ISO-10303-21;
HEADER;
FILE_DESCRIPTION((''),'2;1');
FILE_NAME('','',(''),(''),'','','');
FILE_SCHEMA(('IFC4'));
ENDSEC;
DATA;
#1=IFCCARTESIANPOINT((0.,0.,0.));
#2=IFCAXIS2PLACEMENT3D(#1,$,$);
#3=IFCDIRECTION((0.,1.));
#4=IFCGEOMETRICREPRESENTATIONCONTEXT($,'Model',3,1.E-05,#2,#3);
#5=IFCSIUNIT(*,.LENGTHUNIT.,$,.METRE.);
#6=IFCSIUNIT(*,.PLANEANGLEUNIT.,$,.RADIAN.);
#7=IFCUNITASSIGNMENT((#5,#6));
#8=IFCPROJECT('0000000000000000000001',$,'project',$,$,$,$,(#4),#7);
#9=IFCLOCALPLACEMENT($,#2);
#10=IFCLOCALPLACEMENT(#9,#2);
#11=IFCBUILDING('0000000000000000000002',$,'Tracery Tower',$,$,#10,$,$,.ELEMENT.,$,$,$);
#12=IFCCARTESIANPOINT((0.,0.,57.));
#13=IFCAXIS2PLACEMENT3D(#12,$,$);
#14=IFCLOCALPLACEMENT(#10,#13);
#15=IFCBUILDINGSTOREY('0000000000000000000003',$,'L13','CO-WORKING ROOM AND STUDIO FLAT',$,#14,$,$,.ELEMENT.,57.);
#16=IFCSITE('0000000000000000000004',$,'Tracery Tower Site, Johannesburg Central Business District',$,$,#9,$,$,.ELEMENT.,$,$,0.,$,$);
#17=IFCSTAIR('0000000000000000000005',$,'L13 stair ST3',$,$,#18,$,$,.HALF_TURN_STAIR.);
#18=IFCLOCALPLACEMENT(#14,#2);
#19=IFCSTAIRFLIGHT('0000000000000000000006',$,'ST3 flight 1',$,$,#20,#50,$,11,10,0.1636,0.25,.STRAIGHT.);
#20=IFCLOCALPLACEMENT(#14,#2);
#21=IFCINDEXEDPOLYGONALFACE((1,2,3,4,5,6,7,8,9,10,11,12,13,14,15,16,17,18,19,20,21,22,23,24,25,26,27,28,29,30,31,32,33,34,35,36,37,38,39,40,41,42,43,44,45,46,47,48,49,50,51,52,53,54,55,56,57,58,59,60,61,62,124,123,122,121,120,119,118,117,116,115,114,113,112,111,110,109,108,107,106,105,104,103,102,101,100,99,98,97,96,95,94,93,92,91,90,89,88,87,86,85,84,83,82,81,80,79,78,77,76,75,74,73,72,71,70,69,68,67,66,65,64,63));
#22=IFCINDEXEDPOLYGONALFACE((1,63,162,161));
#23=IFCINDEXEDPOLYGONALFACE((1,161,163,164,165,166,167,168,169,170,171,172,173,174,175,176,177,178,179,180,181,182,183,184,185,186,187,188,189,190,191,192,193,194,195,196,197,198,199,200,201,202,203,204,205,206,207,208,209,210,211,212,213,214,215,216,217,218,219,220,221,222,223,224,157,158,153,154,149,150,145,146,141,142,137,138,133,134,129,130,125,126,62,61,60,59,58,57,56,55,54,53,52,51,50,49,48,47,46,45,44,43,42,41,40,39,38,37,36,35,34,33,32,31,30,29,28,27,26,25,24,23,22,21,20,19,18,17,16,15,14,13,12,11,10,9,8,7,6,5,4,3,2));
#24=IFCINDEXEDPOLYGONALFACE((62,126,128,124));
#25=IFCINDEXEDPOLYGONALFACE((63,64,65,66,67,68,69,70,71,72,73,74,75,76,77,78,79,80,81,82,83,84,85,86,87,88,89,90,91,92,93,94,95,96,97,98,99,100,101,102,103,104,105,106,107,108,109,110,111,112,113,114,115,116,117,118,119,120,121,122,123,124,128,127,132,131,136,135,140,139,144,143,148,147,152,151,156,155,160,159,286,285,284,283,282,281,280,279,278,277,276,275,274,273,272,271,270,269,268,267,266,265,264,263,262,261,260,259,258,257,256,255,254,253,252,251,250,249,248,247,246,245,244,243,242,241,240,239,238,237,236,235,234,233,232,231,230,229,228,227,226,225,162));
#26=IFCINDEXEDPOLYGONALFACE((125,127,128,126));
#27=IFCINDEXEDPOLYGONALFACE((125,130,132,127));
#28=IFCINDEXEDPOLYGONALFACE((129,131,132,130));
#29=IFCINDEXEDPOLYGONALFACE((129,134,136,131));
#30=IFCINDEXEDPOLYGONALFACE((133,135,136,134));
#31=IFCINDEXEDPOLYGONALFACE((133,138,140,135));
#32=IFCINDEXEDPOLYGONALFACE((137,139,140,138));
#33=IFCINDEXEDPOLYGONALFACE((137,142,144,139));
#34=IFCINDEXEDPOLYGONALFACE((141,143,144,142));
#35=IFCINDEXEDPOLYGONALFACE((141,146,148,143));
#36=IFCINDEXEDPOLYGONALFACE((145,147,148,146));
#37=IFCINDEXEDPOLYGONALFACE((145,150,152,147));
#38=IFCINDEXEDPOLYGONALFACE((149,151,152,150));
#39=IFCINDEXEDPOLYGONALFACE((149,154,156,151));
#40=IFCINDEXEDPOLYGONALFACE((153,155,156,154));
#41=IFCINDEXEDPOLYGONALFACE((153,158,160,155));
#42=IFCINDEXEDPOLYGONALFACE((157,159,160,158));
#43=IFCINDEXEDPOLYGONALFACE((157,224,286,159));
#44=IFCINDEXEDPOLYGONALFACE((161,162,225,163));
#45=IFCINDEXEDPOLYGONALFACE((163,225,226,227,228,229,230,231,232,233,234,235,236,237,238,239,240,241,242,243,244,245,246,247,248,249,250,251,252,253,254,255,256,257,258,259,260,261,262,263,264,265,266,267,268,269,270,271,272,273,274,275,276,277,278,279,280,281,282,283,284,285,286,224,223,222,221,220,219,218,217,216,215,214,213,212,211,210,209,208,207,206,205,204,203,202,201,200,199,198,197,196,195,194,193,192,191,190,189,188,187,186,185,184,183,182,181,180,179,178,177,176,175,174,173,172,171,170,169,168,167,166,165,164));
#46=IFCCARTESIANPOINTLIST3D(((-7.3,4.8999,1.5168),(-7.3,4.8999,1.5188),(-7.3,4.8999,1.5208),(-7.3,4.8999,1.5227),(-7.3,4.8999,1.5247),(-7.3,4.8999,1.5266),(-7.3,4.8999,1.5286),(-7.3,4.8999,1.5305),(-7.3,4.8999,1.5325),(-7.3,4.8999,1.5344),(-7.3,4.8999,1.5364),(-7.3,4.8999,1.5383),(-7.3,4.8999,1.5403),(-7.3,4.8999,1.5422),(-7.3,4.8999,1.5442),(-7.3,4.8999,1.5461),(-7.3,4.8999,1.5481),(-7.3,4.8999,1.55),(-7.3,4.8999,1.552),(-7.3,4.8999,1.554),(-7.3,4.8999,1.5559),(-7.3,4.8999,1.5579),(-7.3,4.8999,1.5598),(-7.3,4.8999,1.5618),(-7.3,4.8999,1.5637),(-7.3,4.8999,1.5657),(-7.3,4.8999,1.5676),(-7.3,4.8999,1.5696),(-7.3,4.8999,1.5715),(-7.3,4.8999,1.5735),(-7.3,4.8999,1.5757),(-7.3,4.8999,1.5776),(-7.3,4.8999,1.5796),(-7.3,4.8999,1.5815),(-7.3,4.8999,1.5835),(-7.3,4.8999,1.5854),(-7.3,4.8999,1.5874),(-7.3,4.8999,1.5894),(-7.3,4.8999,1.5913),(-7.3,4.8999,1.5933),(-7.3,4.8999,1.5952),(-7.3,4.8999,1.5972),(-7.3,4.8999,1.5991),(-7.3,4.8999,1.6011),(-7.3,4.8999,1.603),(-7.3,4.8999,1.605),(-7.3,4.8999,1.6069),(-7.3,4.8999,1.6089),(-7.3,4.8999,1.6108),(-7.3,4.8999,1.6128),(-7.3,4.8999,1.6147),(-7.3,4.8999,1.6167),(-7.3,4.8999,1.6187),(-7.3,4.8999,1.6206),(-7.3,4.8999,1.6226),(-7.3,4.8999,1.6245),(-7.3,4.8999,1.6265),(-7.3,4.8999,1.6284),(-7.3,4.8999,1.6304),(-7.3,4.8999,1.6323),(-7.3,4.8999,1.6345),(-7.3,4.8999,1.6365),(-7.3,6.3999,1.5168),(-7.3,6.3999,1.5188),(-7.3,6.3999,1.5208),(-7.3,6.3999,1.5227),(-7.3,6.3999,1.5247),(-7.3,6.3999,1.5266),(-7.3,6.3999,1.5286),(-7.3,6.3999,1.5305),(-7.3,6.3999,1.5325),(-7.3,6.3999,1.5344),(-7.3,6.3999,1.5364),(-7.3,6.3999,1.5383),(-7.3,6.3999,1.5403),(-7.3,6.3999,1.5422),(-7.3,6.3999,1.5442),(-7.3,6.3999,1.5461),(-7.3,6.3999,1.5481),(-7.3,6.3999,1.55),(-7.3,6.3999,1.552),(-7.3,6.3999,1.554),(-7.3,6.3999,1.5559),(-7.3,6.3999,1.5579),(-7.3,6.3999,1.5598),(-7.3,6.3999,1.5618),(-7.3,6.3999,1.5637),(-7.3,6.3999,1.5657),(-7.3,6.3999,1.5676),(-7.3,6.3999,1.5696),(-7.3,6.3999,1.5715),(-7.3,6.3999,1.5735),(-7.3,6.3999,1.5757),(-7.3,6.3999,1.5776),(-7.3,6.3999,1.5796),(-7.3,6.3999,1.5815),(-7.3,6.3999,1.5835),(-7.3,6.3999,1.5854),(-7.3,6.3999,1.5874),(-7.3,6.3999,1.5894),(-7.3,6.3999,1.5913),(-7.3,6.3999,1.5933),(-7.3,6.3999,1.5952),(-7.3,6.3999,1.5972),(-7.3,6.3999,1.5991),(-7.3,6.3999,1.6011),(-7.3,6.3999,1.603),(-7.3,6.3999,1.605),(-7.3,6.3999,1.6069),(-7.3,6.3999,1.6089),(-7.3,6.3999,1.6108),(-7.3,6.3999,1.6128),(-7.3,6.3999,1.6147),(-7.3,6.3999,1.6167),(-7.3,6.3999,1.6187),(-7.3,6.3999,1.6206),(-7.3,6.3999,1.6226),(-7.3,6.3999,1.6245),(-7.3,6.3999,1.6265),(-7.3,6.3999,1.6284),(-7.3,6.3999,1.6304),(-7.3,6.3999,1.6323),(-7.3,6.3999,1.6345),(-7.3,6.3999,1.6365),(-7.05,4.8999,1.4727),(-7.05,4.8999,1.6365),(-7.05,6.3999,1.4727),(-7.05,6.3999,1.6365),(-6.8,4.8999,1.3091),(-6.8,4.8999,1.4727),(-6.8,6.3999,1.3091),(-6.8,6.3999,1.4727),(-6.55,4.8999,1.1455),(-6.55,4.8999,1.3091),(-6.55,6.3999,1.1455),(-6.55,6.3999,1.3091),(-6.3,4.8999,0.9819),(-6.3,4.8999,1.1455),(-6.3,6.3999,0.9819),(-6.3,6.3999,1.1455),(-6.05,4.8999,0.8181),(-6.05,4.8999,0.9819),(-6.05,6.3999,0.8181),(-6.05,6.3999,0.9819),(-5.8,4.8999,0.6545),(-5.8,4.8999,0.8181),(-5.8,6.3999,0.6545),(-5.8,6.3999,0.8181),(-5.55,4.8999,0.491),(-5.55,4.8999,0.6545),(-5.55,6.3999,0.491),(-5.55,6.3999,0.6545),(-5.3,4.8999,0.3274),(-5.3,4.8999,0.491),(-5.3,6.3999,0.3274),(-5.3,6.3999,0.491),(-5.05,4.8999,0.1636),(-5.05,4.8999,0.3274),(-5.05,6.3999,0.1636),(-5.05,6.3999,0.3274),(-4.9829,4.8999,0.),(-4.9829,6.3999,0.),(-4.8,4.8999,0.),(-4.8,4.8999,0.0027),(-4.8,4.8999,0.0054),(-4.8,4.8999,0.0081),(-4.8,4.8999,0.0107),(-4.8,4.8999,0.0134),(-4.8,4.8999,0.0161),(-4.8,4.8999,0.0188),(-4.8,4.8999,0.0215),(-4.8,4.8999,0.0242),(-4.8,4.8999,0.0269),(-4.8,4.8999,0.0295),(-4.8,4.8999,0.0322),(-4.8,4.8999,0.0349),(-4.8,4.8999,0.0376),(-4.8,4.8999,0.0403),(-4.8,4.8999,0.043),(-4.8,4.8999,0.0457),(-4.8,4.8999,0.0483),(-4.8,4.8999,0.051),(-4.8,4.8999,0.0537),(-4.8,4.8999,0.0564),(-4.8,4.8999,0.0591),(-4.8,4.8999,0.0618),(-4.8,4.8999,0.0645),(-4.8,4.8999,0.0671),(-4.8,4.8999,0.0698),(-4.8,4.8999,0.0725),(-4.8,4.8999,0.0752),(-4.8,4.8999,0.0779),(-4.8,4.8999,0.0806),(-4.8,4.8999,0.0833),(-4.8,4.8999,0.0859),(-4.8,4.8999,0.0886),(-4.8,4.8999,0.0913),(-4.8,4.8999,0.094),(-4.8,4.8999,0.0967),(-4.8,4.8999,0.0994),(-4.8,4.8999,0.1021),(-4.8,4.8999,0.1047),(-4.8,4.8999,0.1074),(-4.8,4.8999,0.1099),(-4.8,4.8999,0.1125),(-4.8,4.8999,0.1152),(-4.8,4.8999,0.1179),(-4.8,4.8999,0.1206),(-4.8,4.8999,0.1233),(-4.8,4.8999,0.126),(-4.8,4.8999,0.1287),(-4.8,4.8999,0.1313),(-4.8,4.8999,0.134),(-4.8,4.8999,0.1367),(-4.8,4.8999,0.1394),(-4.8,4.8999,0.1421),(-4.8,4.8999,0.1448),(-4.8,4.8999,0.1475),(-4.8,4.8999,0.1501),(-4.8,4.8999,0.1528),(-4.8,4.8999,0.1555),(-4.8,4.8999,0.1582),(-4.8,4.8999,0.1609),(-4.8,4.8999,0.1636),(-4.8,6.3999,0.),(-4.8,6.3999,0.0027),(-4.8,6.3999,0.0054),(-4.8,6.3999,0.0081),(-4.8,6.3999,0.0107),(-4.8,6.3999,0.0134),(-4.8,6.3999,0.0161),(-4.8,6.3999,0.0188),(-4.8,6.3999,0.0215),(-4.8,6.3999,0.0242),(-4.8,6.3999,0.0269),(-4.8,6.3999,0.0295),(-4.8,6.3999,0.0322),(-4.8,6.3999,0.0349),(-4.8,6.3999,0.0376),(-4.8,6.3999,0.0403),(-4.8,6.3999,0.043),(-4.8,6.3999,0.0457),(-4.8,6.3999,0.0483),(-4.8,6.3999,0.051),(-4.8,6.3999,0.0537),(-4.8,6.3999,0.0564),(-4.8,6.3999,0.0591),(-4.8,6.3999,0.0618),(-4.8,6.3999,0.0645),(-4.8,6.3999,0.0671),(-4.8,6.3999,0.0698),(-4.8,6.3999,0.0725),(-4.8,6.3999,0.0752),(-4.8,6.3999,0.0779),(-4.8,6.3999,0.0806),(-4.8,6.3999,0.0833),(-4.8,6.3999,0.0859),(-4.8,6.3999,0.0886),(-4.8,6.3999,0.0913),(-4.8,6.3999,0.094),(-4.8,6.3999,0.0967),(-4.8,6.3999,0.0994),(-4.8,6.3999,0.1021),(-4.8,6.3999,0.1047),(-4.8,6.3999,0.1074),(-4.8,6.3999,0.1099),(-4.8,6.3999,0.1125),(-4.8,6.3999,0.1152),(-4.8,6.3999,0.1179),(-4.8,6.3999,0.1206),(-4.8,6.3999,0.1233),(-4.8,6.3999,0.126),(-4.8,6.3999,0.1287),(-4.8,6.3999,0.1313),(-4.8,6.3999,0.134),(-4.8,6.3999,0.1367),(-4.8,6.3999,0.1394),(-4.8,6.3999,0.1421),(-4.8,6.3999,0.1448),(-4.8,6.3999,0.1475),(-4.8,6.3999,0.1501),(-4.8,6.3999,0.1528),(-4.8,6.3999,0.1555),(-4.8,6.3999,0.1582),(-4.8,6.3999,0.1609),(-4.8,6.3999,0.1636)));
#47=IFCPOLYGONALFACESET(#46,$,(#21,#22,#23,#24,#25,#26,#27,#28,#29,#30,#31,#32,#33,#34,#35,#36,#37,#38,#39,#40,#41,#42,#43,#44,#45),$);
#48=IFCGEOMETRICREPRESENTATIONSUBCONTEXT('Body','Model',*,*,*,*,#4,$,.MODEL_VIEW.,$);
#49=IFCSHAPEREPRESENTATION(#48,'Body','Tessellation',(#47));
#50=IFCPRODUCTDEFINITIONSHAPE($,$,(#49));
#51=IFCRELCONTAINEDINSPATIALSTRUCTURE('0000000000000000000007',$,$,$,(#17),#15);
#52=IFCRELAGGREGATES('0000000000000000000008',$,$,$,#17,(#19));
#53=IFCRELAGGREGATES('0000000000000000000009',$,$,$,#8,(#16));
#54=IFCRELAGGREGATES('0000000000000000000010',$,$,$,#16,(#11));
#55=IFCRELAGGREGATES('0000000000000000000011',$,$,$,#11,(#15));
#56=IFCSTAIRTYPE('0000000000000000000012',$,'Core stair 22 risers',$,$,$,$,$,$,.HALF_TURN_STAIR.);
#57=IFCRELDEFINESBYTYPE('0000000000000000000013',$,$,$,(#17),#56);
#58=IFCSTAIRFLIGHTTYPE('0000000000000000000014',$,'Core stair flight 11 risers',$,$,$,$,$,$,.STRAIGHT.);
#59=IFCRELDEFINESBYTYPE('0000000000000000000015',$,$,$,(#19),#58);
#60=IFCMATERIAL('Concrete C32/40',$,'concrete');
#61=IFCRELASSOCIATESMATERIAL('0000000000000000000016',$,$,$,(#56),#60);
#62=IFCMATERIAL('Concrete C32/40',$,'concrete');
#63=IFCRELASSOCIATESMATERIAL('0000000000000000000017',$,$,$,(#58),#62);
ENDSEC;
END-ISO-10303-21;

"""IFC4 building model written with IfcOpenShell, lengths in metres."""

from ifc_helpers import new_model, si_unit, direction, frame, origin, place, context, subcontext, project, spatial, polyline, outline, extrude, material, type_object, element, aggregate, save


model = new_model("IFC4")

# Units and contexts
model_context = context("Model", 3, precision=1e-05, world=origin(), true_north=direction((0.0, 1.0)))
body_context = subcontext(model_context, "Body", "Model", "MODEL_VIEW")
ifc_project = project(units=[si_unit("LENGTHUNIT", "METRE"), si_unit("PLANEANGLEUNIT", "RADIAN")], contexts=[model_context])

# Site, building, storey
site_placement = place(None, origin())
site = spatial("IfcSite", under=ifc_project, at=site_placement, Name="Tracery Tower Site, Johannesburg Central Business District", CompositionType="ELEMENT", RefElevation=0.0)
building_placement = place(site_placement, origin())
building = spatial("IfcBuilding", under=site, at=building_placement, Name="Tracery Tower", CompositionType="ELEMENT")
storey_placement = place(building_placement, frame((0.0, 0.0, 57.0)))
storey = spatial("IfcBuildingStorey", under=building, at=storey_placement, Name="L13", Description="CO-WORKING ROOM AND STUDIO FLAT", CompositionType="ELEMENT", Elevation=57.0)

# Stair, stair flight
ifc_material_1 = material(Name="Concrete C32/40", Category="concrete")
stair_type = type_object("IfcStairType", Name="Core stair 22 risers", PredefinedType="HALF_TURN_STAIR", material=ifc_material_1)
stair_placement = place(storey_placement, origin())
stair = element("IfcStair", 1, at=stair_placement, inside=storey, type_object=stair_type, Name="L13 stair ST3", PredefinedType="HALF_TURN_STAIR")
ifc_material_2 = material(Name="Concrete C32/40", Category="concrete")
stair_flight_type = type_object("IfcStairFlightType", Name="Core stair flight 11 risers", PredefinedType="STRAIGHT", material=ifc_material_2)
stair_flight_1_placement = place(storey_placement, frame((-4.8, 5.6499, 0.0), z_axis=(0.0, 0.0, 1.0), x_axis=(-1.0, 0.0, 0.0)))
stair_flight_1 = element("IfcStairFlight", 2, at=stair_flight_1_placement, type_object=stair_flight_type, Name="ST3 flight 1", NumberOfRisers=11, NumberOfTreads=10, PredefinedType="STRAIGHT", RiserHeight=0.1636, TreadLength=0.25, context=body_context, shape_type="SweptSolid", body=[
    extrude(outline(polyline([(0.0, 0.0), (0.0, 0.0027), (0.0, 0.0054), (0.0, 0.0081), (0.0, 0.0107), (0.0, 0.0134), (0.0, 0.0161), (0.0, 0.0188), (0.0, 0.0215), (0.0, 0.0242), (0.0, 0.0269), (0.0, 0.0295), (0.0, 0.0322), (0.0, 0.0349), (0.0, 0.0376), (0.0, 0.0403), (0.0, 0.043), (0.0, 0.0457), (0.0, 0.0483), (0.0, 0.051), (0.0, 0.0537), (0.0, 0.0564), (0.0, 0.0591), (0.0, 0.0618), (0.0, 0.0645), (0.0, 0.0671), (0.0, 0.0698), (0.0, 0.0725), (0.0, 0.0752), (0.0, 0.0779), (0.0, 0.0806), (0.0, 0.0833), (0.0, 0.0859), (0.0, 0.0886), (0.0, 0.0913), (0.0, 0.094), (0.0, 0.0967), (0.0, 0.0994), (0.0, 0.1021), (0.0, 0.1047), (0.0, 0.1074), (0.0, 0.1099), (0.0, 0.1125), (0.0, 0.1152), (0.0, 0.1179), (0.0, 0.1206), (0.0, 0.1233), (0.0, 0.126), (0.0, 0.1287), (0.0, 0.1313), (0.0, 0.134), (0.0, 0.1367), (0.0, 0.1394), (0.0, 0.1421), (0.0, 0.1448), (0.0, 0.1475), (0.0, 0.1501), (0.0, 0.1528), (0.0, 0.1555), (0.0, 0.1582), (0.0, 0.1609), (0.0, 0.1636), (0.25, 0.1636), (0.25, 0.3274), (0.5, 0.3274), (0.5, 0.491), (0.75, 0.491), (0.75, 0.6545), (1.0, 0.6545), (1.0, 0.8181), (1.25, 0.8181), (1.25, 0.9819), (1.5, 0.9819), (1.5, 1.1455), (1.75, 1.1455), (1.75, 1.3091), (2.0, 1.3091), (2.0, 1.4727), (2.25, 1.4727), (2.25, 1.6365), (2.5, 1.6365), (2.5, 1.6345), (2.5, 1.6323), (2.5, 1.6304), (2.5, 1.6284), (2.5, 1.6265), (2.5, 1.6245), (2.5, 1.6226), (2.5, 1.6206), (2.5, 1.6187), (2.5, 1.6167), (2.5, 1.6147), (2.5, 1.6128), (2.5, 1.6108), (2.5, 1.6089), (2.5, 1.6069), (2.5, 1.605), (2.5, 1.603), (2.5, 1.6011), (2.5, 1.5991), (2.5, 1.5972), (2.5, 1.5952), (2.5, 1.5933), (2.5, 1.5913), (2.5, 1.5894), (2.5, 1.5874), (2.5, 1.5854), (2.5, 1.5835), (2.5, 1.5815), (2.5, 1.5796), (2.5, 1.5776), (2.5, 1.5757), (2.5, 1.5735), (2.5, 1.5715), (2.5, 1.5696), (2.5, 1.5676), (2.5, 1.5657), (2.5, 1.5637), (2.5, 1.5618), (2.5, 1.5598), (2.5, 1.5579), (2.5, 1.5559), (2.5, 1.554), (2.5, 1.552), (2.5, 1.55), (2.5, 1.5481), (2.5, 1.5461), (2.5, 1.5442), (2.5, 1.5422), (2.5, 1.5403), (2.5, 1.5383), (2.5, 1.5364), (2.5, 1.5344), (2.5, 1.5325), (2.5, 1.5305), (2.5, 1.5286), (2.5, 1.5266), (2.5, 1.5247), (2.5, 1.5227), (2.5, 1.5208), (2.5, 1.5188), (2.5, 1.5168), (0.1829, 0.0), (0.0, 0.0)])), frame((0.0, 0.75, 0.0), z_axis=(0.0, -1.0, 0.0), x_axis=(1.0, 0.0, 0.0)), (0.0, 0.0, 1.0), 1.5),
])
aggregate(stair, [stair_flight_1])

save(model, "model.ifc")
